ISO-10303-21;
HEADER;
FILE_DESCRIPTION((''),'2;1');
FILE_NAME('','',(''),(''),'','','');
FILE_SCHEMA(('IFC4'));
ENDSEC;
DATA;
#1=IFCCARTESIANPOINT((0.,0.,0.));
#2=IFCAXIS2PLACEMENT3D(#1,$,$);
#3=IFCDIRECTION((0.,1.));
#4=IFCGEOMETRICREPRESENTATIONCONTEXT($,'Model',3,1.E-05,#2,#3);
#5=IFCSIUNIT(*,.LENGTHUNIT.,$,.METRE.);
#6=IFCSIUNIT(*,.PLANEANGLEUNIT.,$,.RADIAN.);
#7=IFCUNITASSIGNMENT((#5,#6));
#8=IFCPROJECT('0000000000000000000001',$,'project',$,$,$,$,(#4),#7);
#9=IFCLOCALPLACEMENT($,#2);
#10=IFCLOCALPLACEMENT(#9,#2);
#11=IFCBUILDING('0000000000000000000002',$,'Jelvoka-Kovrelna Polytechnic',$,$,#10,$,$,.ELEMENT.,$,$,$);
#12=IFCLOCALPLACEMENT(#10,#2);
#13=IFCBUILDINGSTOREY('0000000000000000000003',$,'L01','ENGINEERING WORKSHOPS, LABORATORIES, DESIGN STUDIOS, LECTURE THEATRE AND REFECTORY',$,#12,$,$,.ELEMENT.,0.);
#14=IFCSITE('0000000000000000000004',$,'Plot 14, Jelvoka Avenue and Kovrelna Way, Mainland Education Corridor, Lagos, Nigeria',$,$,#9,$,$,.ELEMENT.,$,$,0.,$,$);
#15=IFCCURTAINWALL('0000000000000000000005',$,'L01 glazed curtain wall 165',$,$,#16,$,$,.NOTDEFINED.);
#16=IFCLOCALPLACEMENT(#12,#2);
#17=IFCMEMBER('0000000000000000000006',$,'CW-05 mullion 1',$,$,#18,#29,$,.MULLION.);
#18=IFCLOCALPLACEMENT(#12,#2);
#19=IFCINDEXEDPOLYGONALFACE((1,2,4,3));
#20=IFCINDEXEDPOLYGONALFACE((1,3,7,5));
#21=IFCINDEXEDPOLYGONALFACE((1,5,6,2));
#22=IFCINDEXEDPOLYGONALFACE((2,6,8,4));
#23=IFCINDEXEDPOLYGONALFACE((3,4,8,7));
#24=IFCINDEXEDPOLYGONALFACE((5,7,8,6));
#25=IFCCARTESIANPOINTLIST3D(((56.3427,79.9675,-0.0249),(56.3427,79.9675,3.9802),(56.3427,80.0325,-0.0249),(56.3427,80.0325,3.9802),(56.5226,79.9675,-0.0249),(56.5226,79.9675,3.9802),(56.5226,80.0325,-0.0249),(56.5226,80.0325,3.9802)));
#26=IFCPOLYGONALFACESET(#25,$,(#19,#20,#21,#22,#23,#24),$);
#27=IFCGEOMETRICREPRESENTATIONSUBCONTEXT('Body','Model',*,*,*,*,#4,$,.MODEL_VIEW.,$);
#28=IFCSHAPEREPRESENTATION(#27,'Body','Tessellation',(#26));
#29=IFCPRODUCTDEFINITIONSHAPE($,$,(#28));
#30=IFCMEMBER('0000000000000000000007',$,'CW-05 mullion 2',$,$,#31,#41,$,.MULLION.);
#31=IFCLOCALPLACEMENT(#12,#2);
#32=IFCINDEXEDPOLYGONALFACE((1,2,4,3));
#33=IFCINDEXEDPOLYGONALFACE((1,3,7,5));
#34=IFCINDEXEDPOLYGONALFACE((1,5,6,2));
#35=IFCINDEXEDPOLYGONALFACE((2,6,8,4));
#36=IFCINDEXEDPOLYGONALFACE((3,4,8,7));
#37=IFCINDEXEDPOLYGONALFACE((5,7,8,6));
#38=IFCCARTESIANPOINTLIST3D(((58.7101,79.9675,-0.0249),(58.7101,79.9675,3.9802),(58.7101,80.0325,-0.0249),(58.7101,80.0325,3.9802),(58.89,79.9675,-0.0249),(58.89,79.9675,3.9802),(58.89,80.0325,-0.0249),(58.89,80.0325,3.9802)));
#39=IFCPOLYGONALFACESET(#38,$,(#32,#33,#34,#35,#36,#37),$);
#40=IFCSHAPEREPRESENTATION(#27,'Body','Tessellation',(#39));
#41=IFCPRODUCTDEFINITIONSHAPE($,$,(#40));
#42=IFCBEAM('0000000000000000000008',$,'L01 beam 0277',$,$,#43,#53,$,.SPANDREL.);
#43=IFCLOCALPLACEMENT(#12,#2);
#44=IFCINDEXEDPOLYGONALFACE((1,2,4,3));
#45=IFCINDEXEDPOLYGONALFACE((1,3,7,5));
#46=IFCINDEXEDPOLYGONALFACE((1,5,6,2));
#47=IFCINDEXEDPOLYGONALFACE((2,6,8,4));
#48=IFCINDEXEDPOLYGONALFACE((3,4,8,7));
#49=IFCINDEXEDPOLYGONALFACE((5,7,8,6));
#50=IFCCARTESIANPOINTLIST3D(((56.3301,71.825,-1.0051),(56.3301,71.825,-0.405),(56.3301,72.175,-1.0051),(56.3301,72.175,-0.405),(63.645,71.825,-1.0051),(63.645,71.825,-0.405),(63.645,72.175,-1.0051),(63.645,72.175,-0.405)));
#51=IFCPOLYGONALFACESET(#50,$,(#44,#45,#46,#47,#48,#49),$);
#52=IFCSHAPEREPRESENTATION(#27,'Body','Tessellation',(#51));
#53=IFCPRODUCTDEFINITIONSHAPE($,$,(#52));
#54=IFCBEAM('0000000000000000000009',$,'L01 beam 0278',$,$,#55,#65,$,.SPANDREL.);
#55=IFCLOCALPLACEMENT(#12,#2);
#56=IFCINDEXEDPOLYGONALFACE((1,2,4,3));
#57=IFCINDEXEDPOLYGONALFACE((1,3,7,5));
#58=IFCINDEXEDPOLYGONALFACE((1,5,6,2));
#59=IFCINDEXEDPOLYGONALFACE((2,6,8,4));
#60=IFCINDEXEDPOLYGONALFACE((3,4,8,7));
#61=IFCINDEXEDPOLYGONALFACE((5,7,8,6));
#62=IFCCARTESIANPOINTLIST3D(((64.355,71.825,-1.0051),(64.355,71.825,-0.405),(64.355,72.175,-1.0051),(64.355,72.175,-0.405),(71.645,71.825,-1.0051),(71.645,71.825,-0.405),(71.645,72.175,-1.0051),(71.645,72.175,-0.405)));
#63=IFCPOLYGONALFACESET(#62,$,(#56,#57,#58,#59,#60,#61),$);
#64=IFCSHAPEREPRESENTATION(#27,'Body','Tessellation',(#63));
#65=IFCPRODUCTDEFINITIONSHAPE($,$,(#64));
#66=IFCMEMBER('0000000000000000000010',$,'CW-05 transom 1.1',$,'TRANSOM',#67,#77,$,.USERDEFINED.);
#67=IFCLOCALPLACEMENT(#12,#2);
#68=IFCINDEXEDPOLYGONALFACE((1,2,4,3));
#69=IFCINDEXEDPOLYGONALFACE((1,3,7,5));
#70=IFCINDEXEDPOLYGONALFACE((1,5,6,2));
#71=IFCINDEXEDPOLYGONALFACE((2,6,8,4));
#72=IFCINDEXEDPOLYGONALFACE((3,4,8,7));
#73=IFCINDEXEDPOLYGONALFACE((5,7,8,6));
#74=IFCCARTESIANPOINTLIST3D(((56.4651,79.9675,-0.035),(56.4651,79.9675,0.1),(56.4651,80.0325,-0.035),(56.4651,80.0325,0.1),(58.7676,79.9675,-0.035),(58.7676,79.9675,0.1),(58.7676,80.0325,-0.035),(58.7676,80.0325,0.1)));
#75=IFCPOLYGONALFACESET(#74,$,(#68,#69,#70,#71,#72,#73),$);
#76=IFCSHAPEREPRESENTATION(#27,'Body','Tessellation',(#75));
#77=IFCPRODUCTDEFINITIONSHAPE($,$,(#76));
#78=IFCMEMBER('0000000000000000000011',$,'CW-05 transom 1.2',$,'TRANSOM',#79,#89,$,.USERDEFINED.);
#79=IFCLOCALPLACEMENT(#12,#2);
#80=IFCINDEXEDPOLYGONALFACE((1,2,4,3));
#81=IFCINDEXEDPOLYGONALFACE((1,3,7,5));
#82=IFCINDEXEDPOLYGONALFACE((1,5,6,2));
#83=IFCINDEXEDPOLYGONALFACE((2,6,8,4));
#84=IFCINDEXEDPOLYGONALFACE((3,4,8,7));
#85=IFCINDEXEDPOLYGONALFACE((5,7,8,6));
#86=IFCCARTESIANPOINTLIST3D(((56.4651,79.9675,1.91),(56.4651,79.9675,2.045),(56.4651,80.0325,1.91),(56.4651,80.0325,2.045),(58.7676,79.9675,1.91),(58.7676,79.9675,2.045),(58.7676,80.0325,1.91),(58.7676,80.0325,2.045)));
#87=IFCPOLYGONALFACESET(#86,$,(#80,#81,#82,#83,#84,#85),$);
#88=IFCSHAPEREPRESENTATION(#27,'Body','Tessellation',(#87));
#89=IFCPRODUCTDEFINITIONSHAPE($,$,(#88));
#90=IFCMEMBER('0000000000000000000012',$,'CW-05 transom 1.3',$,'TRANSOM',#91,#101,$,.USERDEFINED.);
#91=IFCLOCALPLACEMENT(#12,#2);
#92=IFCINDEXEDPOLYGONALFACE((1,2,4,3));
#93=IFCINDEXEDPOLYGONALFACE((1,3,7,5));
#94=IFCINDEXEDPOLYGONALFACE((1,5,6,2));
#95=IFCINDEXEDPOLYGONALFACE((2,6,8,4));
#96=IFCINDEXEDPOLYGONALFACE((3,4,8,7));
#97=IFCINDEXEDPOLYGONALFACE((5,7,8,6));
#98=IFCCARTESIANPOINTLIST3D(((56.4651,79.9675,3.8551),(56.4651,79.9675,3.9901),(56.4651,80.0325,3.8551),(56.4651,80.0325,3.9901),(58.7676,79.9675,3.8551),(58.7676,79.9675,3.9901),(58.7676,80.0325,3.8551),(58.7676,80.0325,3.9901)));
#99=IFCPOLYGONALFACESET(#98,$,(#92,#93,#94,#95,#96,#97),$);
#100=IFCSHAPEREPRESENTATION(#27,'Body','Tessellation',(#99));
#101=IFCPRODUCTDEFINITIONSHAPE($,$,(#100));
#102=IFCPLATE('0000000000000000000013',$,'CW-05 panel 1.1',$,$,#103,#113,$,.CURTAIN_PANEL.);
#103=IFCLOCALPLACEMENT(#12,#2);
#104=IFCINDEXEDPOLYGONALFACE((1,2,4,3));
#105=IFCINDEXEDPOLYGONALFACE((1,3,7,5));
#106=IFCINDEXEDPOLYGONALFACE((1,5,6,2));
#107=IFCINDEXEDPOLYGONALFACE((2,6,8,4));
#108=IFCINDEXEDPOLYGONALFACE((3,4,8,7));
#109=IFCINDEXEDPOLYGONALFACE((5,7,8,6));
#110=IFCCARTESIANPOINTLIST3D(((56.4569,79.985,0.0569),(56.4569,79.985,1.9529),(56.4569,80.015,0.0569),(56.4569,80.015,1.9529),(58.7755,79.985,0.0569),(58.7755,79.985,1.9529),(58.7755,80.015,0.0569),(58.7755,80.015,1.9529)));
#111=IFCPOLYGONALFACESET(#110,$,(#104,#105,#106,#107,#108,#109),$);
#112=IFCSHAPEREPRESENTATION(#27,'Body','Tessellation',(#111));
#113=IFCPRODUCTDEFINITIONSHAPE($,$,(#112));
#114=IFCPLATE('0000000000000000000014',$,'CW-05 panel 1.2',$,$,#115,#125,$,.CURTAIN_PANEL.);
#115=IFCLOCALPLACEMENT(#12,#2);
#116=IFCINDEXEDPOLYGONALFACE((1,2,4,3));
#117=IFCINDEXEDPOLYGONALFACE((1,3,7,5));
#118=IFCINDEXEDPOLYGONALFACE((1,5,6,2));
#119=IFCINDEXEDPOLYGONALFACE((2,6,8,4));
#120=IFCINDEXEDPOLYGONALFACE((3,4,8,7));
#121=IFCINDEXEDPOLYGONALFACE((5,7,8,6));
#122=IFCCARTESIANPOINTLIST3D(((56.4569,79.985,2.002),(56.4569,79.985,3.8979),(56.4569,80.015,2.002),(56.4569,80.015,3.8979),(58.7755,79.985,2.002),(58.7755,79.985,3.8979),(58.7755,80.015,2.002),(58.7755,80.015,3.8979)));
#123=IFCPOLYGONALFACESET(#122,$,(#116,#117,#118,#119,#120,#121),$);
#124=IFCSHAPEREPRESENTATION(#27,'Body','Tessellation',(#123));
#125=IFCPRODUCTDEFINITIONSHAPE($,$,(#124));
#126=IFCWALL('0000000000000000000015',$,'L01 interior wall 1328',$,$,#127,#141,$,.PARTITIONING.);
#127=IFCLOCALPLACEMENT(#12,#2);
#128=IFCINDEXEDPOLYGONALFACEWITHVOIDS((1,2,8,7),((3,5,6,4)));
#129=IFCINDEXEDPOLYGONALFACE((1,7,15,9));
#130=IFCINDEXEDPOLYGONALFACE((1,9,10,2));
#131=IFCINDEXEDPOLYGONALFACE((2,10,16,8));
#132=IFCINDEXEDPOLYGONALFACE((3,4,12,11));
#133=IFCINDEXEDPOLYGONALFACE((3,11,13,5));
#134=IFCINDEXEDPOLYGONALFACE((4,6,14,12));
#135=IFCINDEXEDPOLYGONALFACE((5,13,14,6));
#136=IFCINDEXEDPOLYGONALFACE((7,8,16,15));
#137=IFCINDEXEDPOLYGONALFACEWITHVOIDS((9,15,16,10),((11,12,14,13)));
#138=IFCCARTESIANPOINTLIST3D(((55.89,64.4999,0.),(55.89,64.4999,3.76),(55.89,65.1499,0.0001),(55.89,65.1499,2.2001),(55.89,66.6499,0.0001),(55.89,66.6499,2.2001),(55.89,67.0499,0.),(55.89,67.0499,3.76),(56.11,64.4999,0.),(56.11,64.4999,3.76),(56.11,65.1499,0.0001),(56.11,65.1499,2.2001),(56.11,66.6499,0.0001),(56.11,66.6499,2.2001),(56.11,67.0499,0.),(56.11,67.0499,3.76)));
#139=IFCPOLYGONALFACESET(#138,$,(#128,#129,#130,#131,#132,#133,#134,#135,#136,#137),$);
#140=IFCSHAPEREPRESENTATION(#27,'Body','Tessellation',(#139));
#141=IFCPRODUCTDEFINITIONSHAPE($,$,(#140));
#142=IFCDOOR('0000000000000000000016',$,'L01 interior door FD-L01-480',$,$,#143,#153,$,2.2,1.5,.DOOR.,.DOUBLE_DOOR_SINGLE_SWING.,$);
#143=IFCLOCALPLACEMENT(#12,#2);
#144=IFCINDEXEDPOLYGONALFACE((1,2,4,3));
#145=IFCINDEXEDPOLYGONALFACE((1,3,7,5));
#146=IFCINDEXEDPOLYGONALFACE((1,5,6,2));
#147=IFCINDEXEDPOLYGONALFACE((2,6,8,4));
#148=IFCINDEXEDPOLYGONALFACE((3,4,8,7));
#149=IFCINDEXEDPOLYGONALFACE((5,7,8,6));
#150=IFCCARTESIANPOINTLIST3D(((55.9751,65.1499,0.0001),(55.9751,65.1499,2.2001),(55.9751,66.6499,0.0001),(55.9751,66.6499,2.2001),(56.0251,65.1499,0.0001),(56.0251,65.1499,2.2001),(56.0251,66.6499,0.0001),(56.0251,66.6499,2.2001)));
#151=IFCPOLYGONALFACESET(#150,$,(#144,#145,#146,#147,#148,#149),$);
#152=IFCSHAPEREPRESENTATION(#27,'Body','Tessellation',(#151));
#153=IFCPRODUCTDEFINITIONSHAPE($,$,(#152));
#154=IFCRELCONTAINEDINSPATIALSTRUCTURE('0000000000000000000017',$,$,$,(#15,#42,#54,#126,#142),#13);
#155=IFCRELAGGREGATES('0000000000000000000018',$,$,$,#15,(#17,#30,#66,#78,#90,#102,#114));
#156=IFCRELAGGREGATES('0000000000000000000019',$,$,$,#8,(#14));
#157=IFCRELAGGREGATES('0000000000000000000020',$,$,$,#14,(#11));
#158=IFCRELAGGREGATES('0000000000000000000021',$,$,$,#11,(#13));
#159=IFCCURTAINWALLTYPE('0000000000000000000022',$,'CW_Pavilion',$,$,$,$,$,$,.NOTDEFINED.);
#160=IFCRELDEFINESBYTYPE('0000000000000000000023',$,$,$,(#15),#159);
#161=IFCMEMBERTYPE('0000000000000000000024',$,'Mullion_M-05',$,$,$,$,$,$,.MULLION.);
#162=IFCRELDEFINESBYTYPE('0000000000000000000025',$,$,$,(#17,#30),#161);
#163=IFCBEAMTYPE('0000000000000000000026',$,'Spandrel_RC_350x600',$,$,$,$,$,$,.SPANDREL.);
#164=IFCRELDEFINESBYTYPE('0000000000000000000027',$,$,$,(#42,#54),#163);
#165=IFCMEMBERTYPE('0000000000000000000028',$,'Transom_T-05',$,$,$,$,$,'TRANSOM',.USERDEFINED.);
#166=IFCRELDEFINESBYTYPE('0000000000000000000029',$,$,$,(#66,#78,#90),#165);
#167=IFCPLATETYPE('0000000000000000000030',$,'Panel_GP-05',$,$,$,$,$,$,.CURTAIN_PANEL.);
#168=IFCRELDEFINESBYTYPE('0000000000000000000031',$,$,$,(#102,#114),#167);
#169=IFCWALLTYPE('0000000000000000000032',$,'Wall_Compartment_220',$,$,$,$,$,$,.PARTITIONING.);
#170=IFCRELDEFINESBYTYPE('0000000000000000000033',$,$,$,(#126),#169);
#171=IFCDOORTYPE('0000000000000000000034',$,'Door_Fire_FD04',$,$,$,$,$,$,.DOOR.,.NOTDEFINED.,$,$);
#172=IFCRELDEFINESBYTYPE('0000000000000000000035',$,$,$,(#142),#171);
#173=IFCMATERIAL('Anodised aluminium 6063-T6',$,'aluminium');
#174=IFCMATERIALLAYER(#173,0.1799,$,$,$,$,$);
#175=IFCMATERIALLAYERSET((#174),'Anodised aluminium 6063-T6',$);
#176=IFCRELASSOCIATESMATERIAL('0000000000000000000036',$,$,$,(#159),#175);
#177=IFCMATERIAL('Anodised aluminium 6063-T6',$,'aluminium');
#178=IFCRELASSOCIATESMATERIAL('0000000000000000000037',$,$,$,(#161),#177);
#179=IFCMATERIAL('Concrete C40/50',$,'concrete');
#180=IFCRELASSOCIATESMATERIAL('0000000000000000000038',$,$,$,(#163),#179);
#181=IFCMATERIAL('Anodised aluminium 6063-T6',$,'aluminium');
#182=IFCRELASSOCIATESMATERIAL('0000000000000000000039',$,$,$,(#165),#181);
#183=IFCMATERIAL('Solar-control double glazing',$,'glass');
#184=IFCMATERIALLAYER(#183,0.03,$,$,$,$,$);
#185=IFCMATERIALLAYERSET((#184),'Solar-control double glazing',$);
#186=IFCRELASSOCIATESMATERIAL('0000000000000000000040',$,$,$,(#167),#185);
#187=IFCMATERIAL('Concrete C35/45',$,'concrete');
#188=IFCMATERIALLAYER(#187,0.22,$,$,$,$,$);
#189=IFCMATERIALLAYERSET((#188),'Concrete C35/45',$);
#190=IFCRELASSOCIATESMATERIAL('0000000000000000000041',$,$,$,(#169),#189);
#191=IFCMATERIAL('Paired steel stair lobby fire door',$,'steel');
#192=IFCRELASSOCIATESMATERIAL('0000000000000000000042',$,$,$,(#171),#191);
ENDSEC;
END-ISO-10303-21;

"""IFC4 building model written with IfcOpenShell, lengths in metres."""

from ifc_helpers import new_model, si_unit, direction, frame, frame_2d, origin, origin_2d, place, context, subcontext, project, spatial, rectangle, extrude, material, layer, layer_set, material_profile, profile_set, type_object, element, fill, aggregate, save


model = new_model("IFC4")

# Units and contexts
model_context = context("Model", 3, precision=1e-05, world=origin(), true_north=direction((0.0, 1.0)))
body_context = subcontext(model_context, "Body", "Model", "MODEL_VIEW")
ifc_project = project(units=[si_unit("LENGTHUNIT", "METRE"), si_unit("PLANEANGLEUNIT", "RADIAN")], contexts=[model_context])

# Site, building, storey
site_placement = place(None, origin())
site = spatial("IfcSite", under=ifc_project, at=site_placement, Name="Plot 14, Jelvoka Avenue and Kovrelna Way, Mainland Education Corridor, Lagos, Nigeria", CompositionType="ELEMENT", RefElevation=0.0)
building_placement = place(site_placement, origin())
building = spatial("IfcBuilding", under=site, at=building_placement, Name="Jelvoka-Kovrelna Polytechnic", CompositionType="ELEMENT")
storey_placement = place(building_placement, origin())
storey = spatial("IfcBuildingStorey", under=building, at=storey_placement, Name="L01", Description="ENGINEERING WORKSHOPS, LABORATORIES, DESIGN STUDIOS, LECTURE THEATRE AND REFECTORY", CompositionType="ELEMENT", Elevation=0.0)

# Curtain wall, members
ifc_material_1 = material(Name="Anodised aluminium 6063-T6", Category="aluminium")
ifc_layer_1 = layer(ifc_material_1, 0.1799)
ifc_layer_set_1 = layer_set([ifc_layer_1], Name="Anodised aluminium 6063-T6")
curtain_wall_type = type_object("IfcCurtainWallType", Name="CW_Pavilion", PredefinedType="NOTDEFINED", material=ifc_layer_set_1)
curtain_wall_placement = place(storey_placement, origin())
curtain_wall = element("IfcCurtainWall", 1, at=curtain_wall_placement, inside=storey, type_object=curtain_wall_type, Name="L01 glazed curtain wall 165", PredefinedType="NOTDEFINED")
ifc_material_2 = material(Name="Anodised aluminium 6063-T6", Category="aluminium")
ifc_material_profile_1 = material_profile(ifc_material_2, rectangle(XDim=0.0649, YDim=0.1799, at=origin_2d()), Name="ALU 65x180")
ifc_profile_set_1 = profile_set([ifc_material_profile_1], Name="Anodised aluminium 6063-T6")
member_type_1 = type_object("IfcMemberType", Name="Mullion_M-05", PredefinedType="MULLION", material=ifc_profile_set_1)
member_1_placement = place(storey_placement, frame((56.4326, 80.0, -0.0249), z_axis=(0.0, 0.0, 1.0), x_axis=(0.0, 1.0, 0.0)))
member_1 = element("IfcMember", 2, at=member_1_placement, type_object=member_type_1, Name="CW-05 mullion 1", PredefinedType="MULLION", context=body_context, shape_type="SweptSolid", body=[
    extrude(rectangle(XDim=0.0649, YDim=0.1799, at=origin_2d()), origin(), (0.0, 0.0, 1.0), 4.0051),
])
member_2_placement = place(storey_placement, frame((58.8, 80.0, -0.0249), z_axis=(0.0, 0.0, 1.0), x_axis=(0.0, 1.0, 0.0)))
member_2 = element("IfcMember", 3, at=member_2_placement, type_object=member_type_1, Name="CW-05 mullion 2", PredefinedType="MULLION", context=body_context, shape_type="SweptSolid", body=[
    extrude(rectangle(XDim=0.0649, YDim=0.1799, at=origin_2d()), origin(), (0.0, 0.0, 1.0), 4.0051),
])

# Beams
ifc_material_3 = material(Name="Concrete C40/50", Category="concrete")
ifc_material_profile_2 = material_profile(ifc_material_3, rectangle(XDim=0.3501, YDim=0.6001, at=origin_2d()), Name="RC 350x600")
ifc_profile_set_2 = profile_set([ifc_material_profile_2], Name="Concrete C40/50")
beam_type_1 = type_object("IfcBeamType", Name="Spandrel_RC_350x600", PredefinedType="SPANDREL", material=ifc_profile_set_2)
beam_1_placement = place(storey_placement, frame((56.3301, 72.0, -0.7051), z_axis=(1.0, 0.0, 0.0), x_axis=(0.0, 1.0, 0.0)))
element("IfcBeam", 4, at=beam_1_placement, inside=storey, type_object=beam_type_1, Name="L01 beam 0277", PredefinedType="SPANDREL", context=body_context, shape_type="SweptSolid", body=[
    extrude(rectangle(XDim=0.3501, YDim=0.6001, at=origin_2d()), origin(), (0.0, 0.0, 1.0), 7.3149),
])
beam_2_placement = place(storey_placement, frame((64.355, 72.0, -0.7051), z_axis=(1.0, 0.0, 0.0), x_axis=(0.0, 1.0, 0.0)))
element("IfcBeam", 5, at=beam_2_placement, inside=storey, type_object=beam_type_1, Name="L01 beam 0278", PredefinedType="SPANDREL", context=body_context, shape_type="SweptSolid", body=[
    extrude(rectangle(XDim=0.3501, YDim=0.6001, at=origin_2d()), origin(), (0.0, 0.0, 1.0), 7.29),
])

# Members
ifc_material_4 = material(Name="Anodised aluminium 6063-T6", Category="aluminium")
ifc_material_profile_3 = material_profile(ifc_material_4, rectangle(XDim=0.0649, YDim=0.135, at=origin_2d()), Name="ALU 65x135")
ifc_profile_set_3 = profile_set([ifc_material_profile_3], Name="Anodised aluminium 6063-T6")
member_type_2 = type_object("IfcMemberType", Name="Transom_T-05", ElementType="TRANSOM", PredefinedType="USERDEFINED", material=ifc_profile_set_3)
member_3_placement = place(storey_placement, frame((56.4651, 80.0, 0.0325), z_axis=(1.0, 0.0, 0.0), x_axis=(0.0, 1.0, 0.0)))
member_3 = element("IfcMember", 6, at=member_3_placement, type_object=member_type_2, Name="CW-05 transom 1.1", ObjectType="TRANSOM", PredefinedType="USERDEFINED", context=body_context, shape_type="SweptSolid", body=[
    extrude(rectangle(XDim=0.0649, YDim=0.135, at=origin_2d()), origin(), (0.0, 0.0, 1.0), 2.3025),
])
member_4_placement = place(storey_placement, frame((56.4651, 80.0, 1.9775), z_axis=(1.0, 0.0, 0.0), x_axis=(0.0, 1.0, 0.0)))
member_4 = element("IfcMember", 7, at=member_4_placement, type_object=member_type_2, Name="CW-05 transom 1.2", ObjectType="TRANSOM", PredefinedType="USERDEFINED", context=body_context, shape_type="SweptSolid", body=[
    extrude(rectangle(XDim=0.0649, YDim=0.135, at=origin_2d()), origin(), (0.0, 0.0, 1.0), 2.3025),
])
member_5_placement = place(storey_placement, frame((56.4651, 80.0, 3.9226), z_axis=(1.0, 0.0, 0.0), x_axis=(0.0, 1.0, 0.0)))
member_5 = element("IfcMember", 8, at=member_5_placement, type_object=member_type_2, Name="CW-05 transom 1.3", ObjectType="TRANSOM", PredefinedType="USERDEFINED", context=body_context, shape_type="SweptSolid", body=[
    extrude(rectangle(XDim=0.0649, YDim=0.135, at=origin_2d()), origin(), (0.0, 0.0, 1.0), 2.3025),
])

# Plates
ifc_material_5 = material(Name="Solar-control double glazing", Category="glass")
ifc_layer_2 = layer(ifc_material_5, 0.03)
ifc_layer_set_2 = layer_set([ifc_layer_2], Name="Solar-control double glazing")
plate_type = type_object("IfcPlateType", Name="Panel_GP-05", PredefinedType="CURTAIN_PANEL", material=ifc_layer_set_2)
plate_1_placement = place(storey_placement, frame((57.6162, 80.0, 0.0569), z_axis=(0.0, 0.0, 1.0), x_axis=(1.0, 0.0, 0.0)))
plate_1 = element("IfcPlate", 9, at=plate_1_placement, type_object=plate_type, Name="CW-05 panel 1.1", PredefinedType="CURTAIN_PANEL", context=body_context, shape_type="SweptSolid", body=[
    extrude(rectangle(XDim=2.3186, YDim=0.03, at=origin_2d()), origin(), (0.0, 0.0, 1.0), 1.896),
])
plate_2_placement = place(storey_placement, frame((57.6162, 80.0, 2.002), z_axis=(0.0, 0.0, 1.0), x_axis=(1.0, 0.0, 0.0)))
plate_2 = element("IfcPlate", 10, at=plate_2_placement, type_object=plate_type, Name="CW-05 panel 1.2", PredefinedType="CURTAIN_PANEL", context=body_context, shape_type="SweptSolid", body=[
    extrude(rectangle(XDim=2.3186, YDim=0.03, at=origin_2d()), origin(), (0.0, 0.0, 1.0), 1.896),
])
aggregate(curtain_wall, [member_1, member_2, member_3, member_4, member_5, plate_1, plate_2])

# Wall, opening, door
ifc_material_6 = material(Name="Concrete C35/45", Category="concrete")
ifc_layer_3 = layer(ifc_material_6, 0.22)
ifc_layer_set_3 = layer_set([ifc_layer_3], Name="Concrete C35/45")
wall_type_1 = type_object("IfcWallType", Name="Wall_Compartment_220", PredefinedType="PARTITIONING", material=ifc_layer_set_3)
wall_1_placement = place(storey_placement, frame((56.0, 64.5, 0.0), z_axis=(0.0, 0.0, 1.0), x_axis=(0.0, 1.0, 0.0)))
wall_1 = element("IfcWall", 11, at=wall_1_placement, inside=storey, type_object=wall_type_1, Name="L01 interior wall 1328", PredefinedType="PARTITIONING", context=body_context, shape_type="SweptSolid", body=[
    extrude(rectangle(XDim=2.55, YDim=0.22, at=frame_2d((1.2749, 0.0))), origin(), (0.0, 0.0, 1.0), 3.76),
])
opening_1_placement = place(wall_1_placement, frame((0.6499, 0.0, 0.0)))
opening_1 = element("IfcOpeningElement", 12, at=opening_1_placement, cuts=wall_1, PredefinedType="OPENING", context=body_context, shape_type="SweptSolid", body=[
    extrude(rectangle(XDim=1.5, YDim=2.2, at=frame_2d((0.75, 1.1001))), frame((0.0, 0.1199, 0.0), z_axis=(0.0, -1.0, 0.0), x_axis=(1.0, 0.0, 0.0)), (0.0, 0.0, 1.0), 0.24),
])
ifc_material_7 = material(Name="Paired steel stair lobby fire door", Category="steel")
door_type_1 = type_object("IfcDoorType", Name="Door_Fire_FD04", OperationType="NOTDEFINED", PredefinedType="DOOR", material=ifc_material_7)
door_1_placement = place(opening_1_placement, origin())
door_1 = element("IfcDoor", 13, at=door_1_placement, inside=storey, type_object=door_type_1, Name="L01 interior door FD-L01-480", OperationType="DOUBLE_DOOR_SINGLE_SWING", OverallHeight=2.2, OverallWidth=1.5, PredefinedType="DOOR", context=body_context, shape_type="SweptSolid", body=[
    extrude(rectangle(XDim=1.5, YDim=2.2, at=frame_2d((0.75, 1.1001))), frame((0.0, 0.0249, 0.0), z_axis=(0.0, -1.0, 0.0), x_axis=(1.0, 0.0, 0.0)), (0.0, 0.0, 1.0), 0.05),
])
fill(opening_1, door_1)

save(model, "model.ifc")
